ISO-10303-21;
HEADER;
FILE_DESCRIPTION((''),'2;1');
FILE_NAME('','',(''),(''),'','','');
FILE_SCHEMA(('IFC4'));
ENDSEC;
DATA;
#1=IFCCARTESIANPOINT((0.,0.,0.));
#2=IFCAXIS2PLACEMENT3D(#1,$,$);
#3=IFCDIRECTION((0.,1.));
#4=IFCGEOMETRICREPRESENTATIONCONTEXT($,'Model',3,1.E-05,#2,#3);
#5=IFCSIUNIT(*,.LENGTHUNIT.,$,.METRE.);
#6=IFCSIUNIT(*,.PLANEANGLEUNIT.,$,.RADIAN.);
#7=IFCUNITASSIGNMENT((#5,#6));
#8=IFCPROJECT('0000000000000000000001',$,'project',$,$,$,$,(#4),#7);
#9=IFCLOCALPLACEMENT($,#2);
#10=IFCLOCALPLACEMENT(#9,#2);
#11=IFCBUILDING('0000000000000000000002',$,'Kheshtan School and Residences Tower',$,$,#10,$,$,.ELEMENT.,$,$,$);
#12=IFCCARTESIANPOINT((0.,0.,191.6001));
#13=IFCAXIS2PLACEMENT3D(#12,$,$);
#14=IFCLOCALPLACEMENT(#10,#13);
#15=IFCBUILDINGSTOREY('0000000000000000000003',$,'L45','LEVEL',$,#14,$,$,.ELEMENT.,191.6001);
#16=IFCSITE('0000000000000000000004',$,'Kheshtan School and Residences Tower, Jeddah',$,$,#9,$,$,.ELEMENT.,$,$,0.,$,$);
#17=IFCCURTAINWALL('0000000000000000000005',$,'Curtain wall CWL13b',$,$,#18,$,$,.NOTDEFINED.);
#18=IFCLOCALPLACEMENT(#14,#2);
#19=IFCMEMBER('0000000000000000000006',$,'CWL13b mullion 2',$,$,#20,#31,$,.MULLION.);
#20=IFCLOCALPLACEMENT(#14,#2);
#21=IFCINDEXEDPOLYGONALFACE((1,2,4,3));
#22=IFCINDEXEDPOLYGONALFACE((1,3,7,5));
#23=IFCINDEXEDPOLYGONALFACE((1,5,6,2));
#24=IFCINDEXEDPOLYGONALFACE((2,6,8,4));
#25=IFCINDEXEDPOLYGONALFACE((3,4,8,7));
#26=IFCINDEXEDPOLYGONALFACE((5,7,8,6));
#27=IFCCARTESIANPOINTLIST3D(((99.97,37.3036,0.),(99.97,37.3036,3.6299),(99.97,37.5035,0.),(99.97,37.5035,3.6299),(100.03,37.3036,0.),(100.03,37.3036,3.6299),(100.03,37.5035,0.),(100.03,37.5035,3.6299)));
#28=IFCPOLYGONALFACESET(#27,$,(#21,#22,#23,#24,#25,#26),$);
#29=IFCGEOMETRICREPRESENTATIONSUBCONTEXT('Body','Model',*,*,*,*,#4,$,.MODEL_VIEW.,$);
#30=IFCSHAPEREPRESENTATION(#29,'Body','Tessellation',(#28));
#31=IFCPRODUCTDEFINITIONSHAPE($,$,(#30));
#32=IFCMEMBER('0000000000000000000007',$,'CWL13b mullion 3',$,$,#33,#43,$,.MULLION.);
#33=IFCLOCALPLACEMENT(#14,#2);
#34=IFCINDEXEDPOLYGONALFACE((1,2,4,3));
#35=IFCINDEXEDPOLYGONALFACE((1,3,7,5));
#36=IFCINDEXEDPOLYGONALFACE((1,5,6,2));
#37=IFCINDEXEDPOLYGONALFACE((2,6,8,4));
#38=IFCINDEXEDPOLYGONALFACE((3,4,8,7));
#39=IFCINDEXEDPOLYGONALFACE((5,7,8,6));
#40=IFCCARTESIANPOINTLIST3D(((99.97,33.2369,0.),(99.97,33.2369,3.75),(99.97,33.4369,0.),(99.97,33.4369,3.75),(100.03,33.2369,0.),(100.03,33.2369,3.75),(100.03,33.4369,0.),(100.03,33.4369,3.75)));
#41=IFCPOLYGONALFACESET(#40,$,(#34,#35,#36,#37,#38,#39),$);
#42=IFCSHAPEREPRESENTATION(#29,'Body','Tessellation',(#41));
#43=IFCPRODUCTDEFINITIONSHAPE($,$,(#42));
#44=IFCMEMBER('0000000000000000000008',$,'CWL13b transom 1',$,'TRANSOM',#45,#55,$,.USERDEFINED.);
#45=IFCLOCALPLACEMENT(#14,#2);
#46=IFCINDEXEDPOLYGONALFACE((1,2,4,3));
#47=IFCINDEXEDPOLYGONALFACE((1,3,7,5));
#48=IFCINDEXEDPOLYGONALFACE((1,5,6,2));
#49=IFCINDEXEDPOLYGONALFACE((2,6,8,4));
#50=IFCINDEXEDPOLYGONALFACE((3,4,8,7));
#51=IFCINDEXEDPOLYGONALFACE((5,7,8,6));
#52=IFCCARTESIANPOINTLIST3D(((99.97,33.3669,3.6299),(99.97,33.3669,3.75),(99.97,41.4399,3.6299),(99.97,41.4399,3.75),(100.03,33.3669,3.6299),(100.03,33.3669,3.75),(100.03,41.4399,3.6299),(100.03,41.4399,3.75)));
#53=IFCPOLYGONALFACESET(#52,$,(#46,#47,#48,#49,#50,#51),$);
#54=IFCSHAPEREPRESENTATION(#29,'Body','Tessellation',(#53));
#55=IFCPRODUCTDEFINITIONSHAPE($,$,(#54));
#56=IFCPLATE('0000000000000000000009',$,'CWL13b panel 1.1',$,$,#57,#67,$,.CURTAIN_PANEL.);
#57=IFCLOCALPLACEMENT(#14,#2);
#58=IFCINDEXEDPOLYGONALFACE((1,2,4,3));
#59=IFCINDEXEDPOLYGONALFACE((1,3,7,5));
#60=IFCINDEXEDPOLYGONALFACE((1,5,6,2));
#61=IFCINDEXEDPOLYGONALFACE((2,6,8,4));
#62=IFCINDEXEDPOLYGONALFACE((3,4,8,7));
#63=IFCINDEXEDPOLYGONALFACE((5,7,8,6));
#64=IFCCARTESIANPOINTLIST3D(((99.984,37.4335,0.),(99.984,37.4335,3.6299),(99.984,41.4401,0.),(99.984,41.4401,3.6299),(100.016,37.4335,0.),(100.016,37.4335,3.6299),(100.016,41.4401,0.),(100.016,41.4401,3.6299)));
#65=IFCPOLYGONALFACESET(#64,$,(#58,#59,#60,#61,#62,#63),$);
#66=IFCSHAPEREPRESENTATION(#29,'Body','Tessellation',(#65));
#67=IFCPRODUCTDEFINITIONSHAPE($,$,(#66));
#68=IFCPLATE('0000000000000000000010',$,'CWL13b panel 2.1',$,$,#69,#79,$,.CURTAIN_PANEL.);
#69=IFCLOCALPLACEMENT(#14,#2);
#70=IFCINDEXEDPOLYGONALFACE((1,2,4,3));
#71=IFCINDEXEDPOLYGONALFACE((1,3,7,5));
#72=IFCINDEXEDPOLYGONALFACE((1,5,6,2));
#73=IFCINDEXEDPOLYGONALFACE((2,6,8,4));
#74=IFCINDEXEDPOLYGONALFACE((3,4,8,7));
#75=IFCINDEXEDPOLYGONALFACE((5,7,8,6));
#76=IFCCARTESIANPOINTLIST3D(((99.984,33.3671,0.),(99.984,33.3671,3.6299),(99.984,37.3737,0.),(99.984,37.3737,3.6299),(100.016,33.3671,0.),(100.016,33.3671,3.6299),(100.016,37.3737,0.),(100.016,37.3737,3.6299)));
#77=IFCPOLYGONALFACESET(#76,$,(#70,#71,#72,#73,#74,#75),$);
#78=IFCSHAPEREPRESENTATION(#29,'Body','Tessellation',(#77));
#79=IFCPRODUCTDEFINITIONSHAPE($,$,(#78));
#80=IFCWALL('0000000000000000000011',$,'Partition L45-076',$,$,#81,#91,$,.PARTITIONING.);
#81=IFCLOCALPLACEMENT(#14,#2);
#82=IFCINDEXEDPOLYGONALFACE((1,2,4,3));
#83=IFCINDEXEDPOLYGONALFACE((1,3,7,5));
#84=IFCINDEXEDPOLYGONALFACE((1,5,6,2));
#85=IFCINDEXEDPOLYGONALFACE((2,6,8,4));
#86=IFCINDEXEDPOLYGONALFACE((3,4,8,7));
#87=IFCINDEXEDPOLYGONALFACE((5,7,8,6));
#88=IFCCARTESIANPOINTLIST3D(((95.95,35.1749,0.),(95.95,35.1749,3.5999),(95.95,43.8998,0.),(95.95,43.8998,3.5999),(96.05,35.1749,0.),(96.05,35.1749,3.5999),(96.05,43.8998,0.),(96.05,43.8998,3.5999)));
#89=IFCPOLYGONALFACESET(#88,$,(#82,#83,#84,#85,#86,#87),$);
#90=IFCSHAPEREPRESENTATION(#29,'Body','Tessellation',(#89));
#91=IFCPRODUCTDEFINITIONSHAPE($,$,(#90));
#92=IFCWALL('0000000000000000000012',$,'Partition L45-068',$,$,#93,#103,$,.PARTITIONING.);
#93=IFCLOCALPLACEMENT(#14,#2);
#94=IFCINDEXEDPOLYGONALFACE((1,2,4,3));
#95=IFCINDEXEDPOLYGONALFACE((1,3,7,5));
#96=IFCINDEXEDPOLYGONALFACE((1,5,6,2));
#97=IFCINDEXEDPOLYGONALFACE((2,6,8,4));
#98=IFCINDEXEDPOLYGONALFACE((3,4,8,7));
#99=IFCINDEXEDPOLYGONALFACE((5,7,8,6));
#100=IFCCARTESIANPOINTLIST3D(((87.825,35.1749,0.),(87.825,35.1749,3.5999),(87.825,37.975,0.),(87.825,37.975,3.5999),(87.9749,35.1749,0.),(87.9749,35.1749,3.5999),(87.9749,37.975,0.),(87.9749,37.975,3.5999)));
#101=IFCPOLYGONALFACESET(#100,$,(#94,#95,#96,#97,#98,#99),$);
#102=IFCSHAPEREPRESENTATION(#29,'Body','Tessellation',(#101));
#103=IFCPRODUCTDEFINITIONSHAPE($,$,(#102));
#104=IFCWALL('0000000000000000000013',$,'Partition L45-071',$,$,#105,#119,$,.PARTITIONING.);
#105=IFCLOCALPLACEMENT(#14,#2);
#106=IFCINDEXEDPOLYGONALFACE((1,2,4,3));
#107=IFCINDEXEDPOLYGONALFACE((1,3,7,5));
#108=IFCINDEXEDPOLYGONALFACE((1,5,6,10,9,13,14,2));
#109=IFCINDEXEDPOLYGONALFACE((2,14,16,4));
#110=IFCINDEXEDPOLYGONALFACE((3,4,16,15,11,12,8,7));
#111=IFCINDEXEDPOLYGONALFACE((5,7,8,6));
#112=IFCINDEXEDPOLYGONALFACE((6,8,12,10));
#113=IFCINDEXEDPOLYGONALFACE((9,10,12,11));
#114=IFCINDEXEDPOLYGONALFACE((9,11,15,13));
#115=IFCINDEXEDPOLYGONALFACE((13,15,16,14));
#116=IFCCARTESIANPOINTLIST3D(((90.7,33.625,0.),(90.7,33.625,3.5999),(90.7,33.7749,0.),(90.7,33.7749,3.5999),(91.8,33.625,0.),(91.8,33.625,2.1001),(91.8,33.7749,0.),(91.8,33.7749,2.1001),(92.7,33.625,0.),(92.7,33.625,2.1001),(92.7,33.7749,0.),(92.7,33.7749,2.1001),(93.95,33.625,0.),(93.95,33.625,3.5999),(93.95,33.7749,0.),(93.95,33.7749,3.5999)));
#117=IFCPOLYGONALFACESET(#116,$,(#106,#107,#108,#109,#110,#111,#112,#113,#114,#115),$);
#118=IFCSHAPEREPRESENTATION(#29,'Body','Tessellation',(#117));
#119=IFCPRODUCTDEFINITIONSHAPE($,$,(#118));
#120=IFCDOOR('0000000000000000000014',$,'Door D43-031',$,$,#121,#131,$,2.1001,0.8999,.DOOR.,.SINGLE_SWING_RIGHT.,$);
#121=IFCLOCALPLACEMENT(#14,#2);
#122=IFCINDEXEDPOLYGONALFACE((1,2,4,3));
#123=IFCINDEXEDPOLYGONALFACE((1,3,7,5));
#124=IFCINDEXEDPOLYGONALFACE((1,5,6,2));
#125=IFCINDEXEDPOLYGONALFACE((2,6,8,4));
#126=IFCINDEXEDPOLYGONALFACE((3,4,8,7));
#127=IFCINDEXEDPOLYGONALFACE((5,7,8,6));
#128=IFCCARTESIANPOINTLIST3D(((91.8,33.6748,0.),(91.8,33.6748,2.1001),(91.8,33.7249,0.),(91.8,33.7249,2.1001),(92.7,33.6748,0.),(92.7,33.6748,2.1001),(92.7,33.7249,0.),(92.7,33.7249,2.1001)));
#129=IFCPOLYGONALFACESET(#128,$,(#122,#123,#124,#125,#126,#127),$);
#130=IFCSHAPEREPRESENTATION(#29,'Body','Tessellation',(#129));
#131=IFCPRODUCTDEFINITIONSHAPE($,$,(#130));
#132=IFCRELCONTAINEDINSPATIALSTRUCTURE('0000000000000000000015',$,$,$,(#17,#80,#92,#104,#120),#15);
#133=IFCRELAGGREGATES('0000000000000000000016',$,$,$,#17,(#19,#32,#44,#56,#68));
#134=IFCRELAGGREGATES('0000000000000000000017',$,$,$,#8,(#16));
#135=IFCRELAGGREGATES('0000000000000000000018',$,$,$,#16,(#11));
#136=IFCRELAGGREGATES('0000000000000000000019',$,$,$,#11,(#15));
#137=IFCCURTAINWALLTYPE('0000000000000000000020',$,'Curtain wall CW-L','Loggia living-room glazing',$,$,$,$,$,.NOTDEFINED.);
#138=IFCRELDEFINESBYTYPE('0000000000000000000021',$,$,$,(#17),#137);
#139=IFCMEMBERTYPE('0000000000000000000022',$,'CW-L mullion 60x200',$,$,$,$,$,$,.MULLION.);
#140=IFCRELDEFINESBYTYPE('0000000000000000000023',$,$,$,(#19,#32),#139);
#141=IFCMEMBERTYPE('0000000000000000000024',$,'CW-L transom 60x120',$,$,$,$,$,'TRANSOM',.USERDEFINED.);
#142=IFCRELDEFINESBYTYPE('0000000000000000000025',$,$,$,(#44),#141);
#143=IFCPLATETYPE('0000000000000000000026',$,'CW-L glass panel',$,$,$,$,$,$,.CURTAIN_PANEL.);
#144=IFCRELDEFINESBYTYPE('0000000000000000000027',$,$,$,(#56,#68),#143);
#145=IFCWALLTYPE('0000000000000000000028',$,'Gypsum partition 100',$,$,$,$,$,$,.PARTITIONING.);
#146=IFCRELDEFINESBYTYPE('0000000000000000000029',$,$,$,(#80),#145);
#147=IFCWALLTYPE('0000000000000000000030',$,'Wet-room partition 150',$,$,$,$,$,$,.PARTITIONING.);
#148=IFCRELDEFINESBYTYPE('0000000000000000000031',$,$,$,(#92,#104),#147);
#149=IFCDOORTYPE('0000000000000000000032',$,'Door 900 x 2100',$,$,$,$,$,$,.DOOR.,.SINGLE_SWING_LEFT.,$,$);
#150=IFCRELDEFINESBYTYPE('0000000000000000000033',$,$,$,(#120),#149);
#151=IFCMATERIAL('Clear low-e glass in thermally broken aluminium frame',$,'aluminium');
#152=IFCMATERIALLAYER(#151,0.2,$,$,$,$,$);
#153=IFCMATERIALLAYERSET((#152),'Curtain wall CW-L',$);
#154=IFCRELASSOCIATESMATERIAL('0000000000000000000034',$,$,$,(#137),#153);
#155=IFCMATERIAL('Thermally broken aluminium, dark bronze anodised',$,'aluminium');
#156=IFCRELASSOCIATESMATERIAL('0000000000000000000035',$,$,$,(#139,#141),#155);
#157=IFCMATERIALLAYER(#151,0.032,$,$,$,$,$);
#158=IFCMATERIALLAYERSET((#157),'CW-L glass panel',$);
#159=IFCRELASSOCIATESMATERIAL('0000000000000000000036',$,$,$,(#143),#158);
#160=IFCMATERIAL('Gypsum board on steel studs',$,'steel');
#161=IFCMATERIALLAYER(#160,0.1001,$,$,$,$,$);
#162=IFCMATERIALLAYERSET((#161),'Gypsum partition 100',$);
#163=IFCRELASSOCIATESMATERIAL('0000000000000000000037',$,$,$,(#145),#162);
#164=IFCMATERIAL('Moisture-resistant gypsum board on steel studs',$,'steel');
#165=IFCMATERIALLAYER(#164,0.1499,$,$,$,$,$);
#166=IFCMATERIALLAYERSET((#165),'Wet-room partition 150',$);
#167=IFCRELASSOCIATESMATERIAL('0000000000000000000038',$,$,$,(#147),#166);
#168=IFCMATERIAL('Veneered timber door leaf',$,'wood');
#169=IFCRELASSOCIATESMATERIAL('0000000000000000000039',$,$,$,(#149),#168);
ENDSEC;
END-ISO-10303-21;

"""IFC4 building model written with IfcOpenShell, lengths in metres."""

from ifc_helpers import new_model, si_unit, direction, frame, frame_2d, origin, origin_2d, place, context, subcontext, project, spatial, rectangle, extrude, source, transform, mapped, material, layer, layer_set, material_profile, profile_set, type_object, element, fill, aggregate, save


model = new_model("IFC4")

# Units and contexts
model_context = context("Model", 3, precision=1e-05, world=origin(), true_north=direction((0.0, 1.0)))
body_context = subcontext(model_context, "Body", "Model", "MODEL_VIEW")
ifc_project = project(units=[si_unit("LENGTHUNIT", "METRE"), si_unit("PLANEANGLEUNIT", "RADIAN")], contexts=[model_context])

# Site, building, storey
site_placement = place(None, origin())
site = spatial("IfcSite", under=ifc_project, at=site_placement, Name="Kheshtan School and Residences Tower, Jeddah", CompositionType="ELEMENT", RefElevation=0.0)
building_placement = place(site_placement, origin())
building = spatial("IfcBuilding", under=site, at=building_placement, Name="Kheshtan School and Residences Tower", CompositionType="ELEMENT")
storey_placement = place(building_placement, frame((0.0, 0.0, 191.6001)))
storey = spatial("IfcBuildingStorey", under=building, at=storey_placement, Name="L45", Description="LEVEL", CompositionType="ELEMENT", Elevation=191.6001)

# Curtain wall, members, plates
ifc_material_1 = material(Name="Clear low-e glass in thermally broken aluminium frame", Category="aluminium")
ifc_layer_1 = layer(ifc_material_1, 0.2)
ifc_layer_set_1 = layer_set([ifc_layer_1], Name="Curtain wall CW-L")
curtain_wall_type = type_object("IfcCurtainWallType", Name="Curtain wall CW-L", Description="Loggia living-room glazing", PredefinedType="NOTDEFINED", material=ifc_layer_set_1)
curtain_wall_placement = place(storey_placement, origin())
curtain_wall = element("IfcCurtainWall", 1, at=curtain_wall_placement, inside=storey, type_object=curtain_wall_type, Name="Curtain wall CWL13b", PredefinedType="NOTDEFINED")
ifc_material_2 = material(Name="Thermally broken aluminium, dark bronze anodised", Category="aluminium")
ifc_material_profile_1 = material_profile(ifc_material_2, rectangle(XDim=0.0601, YDim=0.2, at=origin_2d()), Name="CW-L mullion 60x200")
ifc_profile_set_1 = profile_set([ifc_material_profile_1], Name="Thermally broken aluminium, dark bronze anodised")
member_type_1 = type_object("IfcMemberType", Name="CW-L mullion 60x200", PredefinedType="MULLION", material=ifc_profile_set_1)
member_1_placement = place(storey_placement, frame((100.0, 37.4036, 0.0), z_axis=(0.0, 0.0, 1.0), x_axis=(1.0, 0.0, 0.0)))
member_1 = element("IfcMember", 2, at=member_1_placement, type_object=member_type_1, Name="CWL13b mullion 2", PredefinedType="MULLION", context=body_context, shape_type="SweptSolid", body=[
    extrude(rectangle(XDim=0.0601, YDim=0.2, at=origin_2d()), origin(), (0.0, 0.0, 1.0), 3.6299),
])
member_2_placement = place(storey_placement, frame((100.0, 33.3369, 0.0), z_axis=(0.0, 0.0, 1.0), x_axis=(1.0, 0.0, 0.0)))
member_2 = element("IfcMember", 3, at=member_2_placement, type_object=member_type_1, Name="CWL13b mullion 3", PredefinedType="MULLION", context=body_context, shape_type="SweptSolid", body=[
    extrude(rectangle(XDim=0.0601, YDim=0.2, at=origin_2d()), origin(), (0.0, 0.0, 1.0), 3.75),
])
ifc_material_profile_2 = material_profile(ifc_material_2, rectangle(XDim=0.0601, YDim=0.1201, at=origin_2d()), Name="CW-L transom 60x120")
ifc_profile_set_2 = profile_set([ifc_material_profile_2], Name="Thermally broken aluminium, dark bronze anodised")
member_type_2 = type_object("IfcMemberType", Name="CW-L transom 60x120", ElementType="TRANSOM", PredefinedType="USERDEFINED", material=ifc_profile_set_2)
member_3_placement = place(storey_placement, frame((100.0, 41.4399, 3.6899), z_axis=(0.0, -1.0, 0.0), x_axis=(1.0, 0.0, 0.0)))
member_3 = element("IfcMember", 4, at=member_3_placement, type_object=member_type_2, Name="CWL13b transom 1", ObjectType="TRANSOM", PredefinedType="USERDEFINED", context=body_context, shape_type="SweptSolid", body=[
    extrude(rectangle(XDim=0.0601, YDim=0.1201, at=origin_2d()), origin(), (0.0, 0.0, 1.0), 8.073),
])
ifc_layer_2 = layer(ifc_material_1, 0.032)
ifc_layer_set_2 = layer_set([ifc_layer_2], Name="CW-L glass panel")
plate_type = type_object("IfcPlateType", Name="CW-L glass panel", PredefinedType="CURTAIN_PANEL", material=ifc_layer_set_2)
plate_1_placement = place(storey_placement, frame((100.0, 39.4368, 0.0), z_axis=(0.0, 0.0, 1.0), x_axis=(0.0, -1.0, 0.0)))
plate_1 = element("IfcPlate", 5, at=plate_1_placement, type_object=plate_type, Name="CWL13b panel 1.1", PredefinedType="CURTAIN_PANEL", context=body_context, shape_type="SweptSolid", body=[
    extrude(rectangle(XDim=4.0066, YDim=0.032, at=origin_2d()), origin(), (0.0, 0.0, 1.0), 3.6299),
])
plate_2_placement = place(storey_placement, frame((100.0, 35.3704, 0.0), z_axis=(0.0, 0.0, 1.0), x_axis=(0.0, -1.0, 0.0)))
plate_2 = element("IfcPlate", 6, at=plate_2_placement, type_object=plate_type, Name="CWL13b panel 2.1", PredefinedType="CURTAIN_PANEL", context=body_context, shape_type="SweptSolid", body=[
    extrude(rectangle(XDim=4.0066, YDim=0.032, at=origin_2d()), origin(), (0.0, 0.0, 1.0), 3.6299),
])
aggregate(curtain_wall, [member_1, member_2, member_3, plate_1, plate_2])

# Walls
ifc_material_3 = material(Name="Gypsum board on steel studs", Category="steel")
ifc_layer_3 = layer(ifc_material_3, 0.1001)
ifc_layer_set_3 = layer_set([ifc_layer_3], Name="Gypsum partition 100")
wall_type_1 = type_object("IfcWallType", Name="Gypsum partition 100", PredefinedType="PARTITIONING", material=ifc_layer_set_3)
wall_1_placement = place(storey_placement, frame((96.0, 35.175, 0.0), z_axis=(0.0, 0.0, 1.0), x_axis=(0.0, 1.0, 0.0)))
element("IfcWall", 7, at=wall_1_placement, inside=storey, type_object=wall_type_1, Name="Partition L45-076", PredefinedType="PARTITIONING", context=body_context, shape_type="SweptSolid", body=[
    extrude(rectangle(XDim=8.7249, YDim=0.1001, at=frame_2d((4.3623, 0.0))), origin(), (0.0, 0.0, 1.0), 3.5999),
])
ifc_material_4 = material(Name="Moisture-resistant gypsum board on steel studs", Category="steel")
ifc_layer_4 = layer(ifc_material_4, 0.1499)
ifc_layer_set_4 = layer_set([ifc_layer_4], Name="Wet-room partition 150")
wall_type_2 = type_object("IfcWallType", Name="Wet-room partition 150", PredefinedType="PARTITIONING", material=ifc_layer_set_4)
wall_2_placement = place(storey_placement, frame((87.8999, 35.175, 0.0), z_axis=(0.0, 0.0, 1.0), x_axis=(0.0, 1.0, 0.0)))
element("IfcWall", 8, at=wall_2_placement, inside=storey, type_object=wall_type_2, Name="Partition L45-068", PredefinedType="PARTITIONING", context=body_context, shape_type="SweptSolid", body=[
    extrude(rectangle(XDim=2.8, YDim=0.1499, at=frame_2d((1.3999, 0.0))), origin(), (0.0, 0.0, 1.0), 3.5999),
])

# Wall, opening, door
wall_3_placement = place(storey_placement, frame((90.7, 33.7, 0.0), z_axis=(0.0, 0.0, 1.0), x_axis=(1.0, 0.0, 0.0)))
wall_3 = element("IfcWall", 9, at=wall_3_placement, inside=storey, type_object=wall_type_2, Name="Partition L45-071", PredefinedType="PARTITIONING", context=body_context, shape_type="SweptSolid", body=[
    extrude(rectangle(XDim=3.25, YDim=0.1499, at=frame_2d((1.625, 0.0))), origin(), (0.0, 0.0, 1.0), 3.5999),
])
opening_1_placement = place(wall_3_placement, frame((1.1001, 0.0, 0.0)))
opening_1 = element("IfcOpeningElement", 10, at=opening_1_placement, cuts=wall_3, PredefinedType="OPENING", context=body_context, shape_type="SweptSolid", body=[
    extrude(rectangle(XDim=0.8999, YDim=2.1001, at=frame_2d((0.45, 1.05))), frame((0.0, 0.085, 0.0), z_axis=(0.0, -1.0, 0.0), x_axis=(1.0, 0.0, 0.0)), (0.0, 0.0, 1.0), 0.1699),
])
ifc_material_5 = material(Name="Veneered timber door leaf", Category="wood")
door_type_1 = type_object("IfcDoorType", Name="Door 900 x 2100", OperationType="SINGLE_SWING_LEFT", PredefinedType="DOOR", material=ifc_material_5)
shared_shape_1 = source(origin(), body_context, "Body", "SweptSolid", [
    extrude(rectangle(XDim=0.8999, YDim=2.1001, at=frame_2d((0.45, 1.05))), frame((0.0, 0.0249, 0.0), z_axis=(0.0, -1.0, 0.0), x_axis=(1.0, 0.0, 0.0)), (0.0, 0.0, 1.0), 0.05),
])
door_1_placement = place(opening_1_placement, origin())
door_1 = element("IfcDoor", 11, at=door_1_placement, inside=storey, type_object=door_type_1, Name="Door D43-031", OperationType="SINGLE_SWING_RIGHT", OverallHeight=2.1001, OverallWidth=0.8999, PredefinedType="DOOR", context=body_context, shape_type="MappedRepresentation", body=[
    mapped(shared_shape_1, transform((0.0, 0.0, 0.0), x_axis=(1.0, 0.0, 0.0), y_axis=(0.0, 1.0, 0.0), z_axis=(0.0, 0.0, 1.0), scale=1.0)),
])
fill(opening_1, door_1)

save(model, "model.ifc")
